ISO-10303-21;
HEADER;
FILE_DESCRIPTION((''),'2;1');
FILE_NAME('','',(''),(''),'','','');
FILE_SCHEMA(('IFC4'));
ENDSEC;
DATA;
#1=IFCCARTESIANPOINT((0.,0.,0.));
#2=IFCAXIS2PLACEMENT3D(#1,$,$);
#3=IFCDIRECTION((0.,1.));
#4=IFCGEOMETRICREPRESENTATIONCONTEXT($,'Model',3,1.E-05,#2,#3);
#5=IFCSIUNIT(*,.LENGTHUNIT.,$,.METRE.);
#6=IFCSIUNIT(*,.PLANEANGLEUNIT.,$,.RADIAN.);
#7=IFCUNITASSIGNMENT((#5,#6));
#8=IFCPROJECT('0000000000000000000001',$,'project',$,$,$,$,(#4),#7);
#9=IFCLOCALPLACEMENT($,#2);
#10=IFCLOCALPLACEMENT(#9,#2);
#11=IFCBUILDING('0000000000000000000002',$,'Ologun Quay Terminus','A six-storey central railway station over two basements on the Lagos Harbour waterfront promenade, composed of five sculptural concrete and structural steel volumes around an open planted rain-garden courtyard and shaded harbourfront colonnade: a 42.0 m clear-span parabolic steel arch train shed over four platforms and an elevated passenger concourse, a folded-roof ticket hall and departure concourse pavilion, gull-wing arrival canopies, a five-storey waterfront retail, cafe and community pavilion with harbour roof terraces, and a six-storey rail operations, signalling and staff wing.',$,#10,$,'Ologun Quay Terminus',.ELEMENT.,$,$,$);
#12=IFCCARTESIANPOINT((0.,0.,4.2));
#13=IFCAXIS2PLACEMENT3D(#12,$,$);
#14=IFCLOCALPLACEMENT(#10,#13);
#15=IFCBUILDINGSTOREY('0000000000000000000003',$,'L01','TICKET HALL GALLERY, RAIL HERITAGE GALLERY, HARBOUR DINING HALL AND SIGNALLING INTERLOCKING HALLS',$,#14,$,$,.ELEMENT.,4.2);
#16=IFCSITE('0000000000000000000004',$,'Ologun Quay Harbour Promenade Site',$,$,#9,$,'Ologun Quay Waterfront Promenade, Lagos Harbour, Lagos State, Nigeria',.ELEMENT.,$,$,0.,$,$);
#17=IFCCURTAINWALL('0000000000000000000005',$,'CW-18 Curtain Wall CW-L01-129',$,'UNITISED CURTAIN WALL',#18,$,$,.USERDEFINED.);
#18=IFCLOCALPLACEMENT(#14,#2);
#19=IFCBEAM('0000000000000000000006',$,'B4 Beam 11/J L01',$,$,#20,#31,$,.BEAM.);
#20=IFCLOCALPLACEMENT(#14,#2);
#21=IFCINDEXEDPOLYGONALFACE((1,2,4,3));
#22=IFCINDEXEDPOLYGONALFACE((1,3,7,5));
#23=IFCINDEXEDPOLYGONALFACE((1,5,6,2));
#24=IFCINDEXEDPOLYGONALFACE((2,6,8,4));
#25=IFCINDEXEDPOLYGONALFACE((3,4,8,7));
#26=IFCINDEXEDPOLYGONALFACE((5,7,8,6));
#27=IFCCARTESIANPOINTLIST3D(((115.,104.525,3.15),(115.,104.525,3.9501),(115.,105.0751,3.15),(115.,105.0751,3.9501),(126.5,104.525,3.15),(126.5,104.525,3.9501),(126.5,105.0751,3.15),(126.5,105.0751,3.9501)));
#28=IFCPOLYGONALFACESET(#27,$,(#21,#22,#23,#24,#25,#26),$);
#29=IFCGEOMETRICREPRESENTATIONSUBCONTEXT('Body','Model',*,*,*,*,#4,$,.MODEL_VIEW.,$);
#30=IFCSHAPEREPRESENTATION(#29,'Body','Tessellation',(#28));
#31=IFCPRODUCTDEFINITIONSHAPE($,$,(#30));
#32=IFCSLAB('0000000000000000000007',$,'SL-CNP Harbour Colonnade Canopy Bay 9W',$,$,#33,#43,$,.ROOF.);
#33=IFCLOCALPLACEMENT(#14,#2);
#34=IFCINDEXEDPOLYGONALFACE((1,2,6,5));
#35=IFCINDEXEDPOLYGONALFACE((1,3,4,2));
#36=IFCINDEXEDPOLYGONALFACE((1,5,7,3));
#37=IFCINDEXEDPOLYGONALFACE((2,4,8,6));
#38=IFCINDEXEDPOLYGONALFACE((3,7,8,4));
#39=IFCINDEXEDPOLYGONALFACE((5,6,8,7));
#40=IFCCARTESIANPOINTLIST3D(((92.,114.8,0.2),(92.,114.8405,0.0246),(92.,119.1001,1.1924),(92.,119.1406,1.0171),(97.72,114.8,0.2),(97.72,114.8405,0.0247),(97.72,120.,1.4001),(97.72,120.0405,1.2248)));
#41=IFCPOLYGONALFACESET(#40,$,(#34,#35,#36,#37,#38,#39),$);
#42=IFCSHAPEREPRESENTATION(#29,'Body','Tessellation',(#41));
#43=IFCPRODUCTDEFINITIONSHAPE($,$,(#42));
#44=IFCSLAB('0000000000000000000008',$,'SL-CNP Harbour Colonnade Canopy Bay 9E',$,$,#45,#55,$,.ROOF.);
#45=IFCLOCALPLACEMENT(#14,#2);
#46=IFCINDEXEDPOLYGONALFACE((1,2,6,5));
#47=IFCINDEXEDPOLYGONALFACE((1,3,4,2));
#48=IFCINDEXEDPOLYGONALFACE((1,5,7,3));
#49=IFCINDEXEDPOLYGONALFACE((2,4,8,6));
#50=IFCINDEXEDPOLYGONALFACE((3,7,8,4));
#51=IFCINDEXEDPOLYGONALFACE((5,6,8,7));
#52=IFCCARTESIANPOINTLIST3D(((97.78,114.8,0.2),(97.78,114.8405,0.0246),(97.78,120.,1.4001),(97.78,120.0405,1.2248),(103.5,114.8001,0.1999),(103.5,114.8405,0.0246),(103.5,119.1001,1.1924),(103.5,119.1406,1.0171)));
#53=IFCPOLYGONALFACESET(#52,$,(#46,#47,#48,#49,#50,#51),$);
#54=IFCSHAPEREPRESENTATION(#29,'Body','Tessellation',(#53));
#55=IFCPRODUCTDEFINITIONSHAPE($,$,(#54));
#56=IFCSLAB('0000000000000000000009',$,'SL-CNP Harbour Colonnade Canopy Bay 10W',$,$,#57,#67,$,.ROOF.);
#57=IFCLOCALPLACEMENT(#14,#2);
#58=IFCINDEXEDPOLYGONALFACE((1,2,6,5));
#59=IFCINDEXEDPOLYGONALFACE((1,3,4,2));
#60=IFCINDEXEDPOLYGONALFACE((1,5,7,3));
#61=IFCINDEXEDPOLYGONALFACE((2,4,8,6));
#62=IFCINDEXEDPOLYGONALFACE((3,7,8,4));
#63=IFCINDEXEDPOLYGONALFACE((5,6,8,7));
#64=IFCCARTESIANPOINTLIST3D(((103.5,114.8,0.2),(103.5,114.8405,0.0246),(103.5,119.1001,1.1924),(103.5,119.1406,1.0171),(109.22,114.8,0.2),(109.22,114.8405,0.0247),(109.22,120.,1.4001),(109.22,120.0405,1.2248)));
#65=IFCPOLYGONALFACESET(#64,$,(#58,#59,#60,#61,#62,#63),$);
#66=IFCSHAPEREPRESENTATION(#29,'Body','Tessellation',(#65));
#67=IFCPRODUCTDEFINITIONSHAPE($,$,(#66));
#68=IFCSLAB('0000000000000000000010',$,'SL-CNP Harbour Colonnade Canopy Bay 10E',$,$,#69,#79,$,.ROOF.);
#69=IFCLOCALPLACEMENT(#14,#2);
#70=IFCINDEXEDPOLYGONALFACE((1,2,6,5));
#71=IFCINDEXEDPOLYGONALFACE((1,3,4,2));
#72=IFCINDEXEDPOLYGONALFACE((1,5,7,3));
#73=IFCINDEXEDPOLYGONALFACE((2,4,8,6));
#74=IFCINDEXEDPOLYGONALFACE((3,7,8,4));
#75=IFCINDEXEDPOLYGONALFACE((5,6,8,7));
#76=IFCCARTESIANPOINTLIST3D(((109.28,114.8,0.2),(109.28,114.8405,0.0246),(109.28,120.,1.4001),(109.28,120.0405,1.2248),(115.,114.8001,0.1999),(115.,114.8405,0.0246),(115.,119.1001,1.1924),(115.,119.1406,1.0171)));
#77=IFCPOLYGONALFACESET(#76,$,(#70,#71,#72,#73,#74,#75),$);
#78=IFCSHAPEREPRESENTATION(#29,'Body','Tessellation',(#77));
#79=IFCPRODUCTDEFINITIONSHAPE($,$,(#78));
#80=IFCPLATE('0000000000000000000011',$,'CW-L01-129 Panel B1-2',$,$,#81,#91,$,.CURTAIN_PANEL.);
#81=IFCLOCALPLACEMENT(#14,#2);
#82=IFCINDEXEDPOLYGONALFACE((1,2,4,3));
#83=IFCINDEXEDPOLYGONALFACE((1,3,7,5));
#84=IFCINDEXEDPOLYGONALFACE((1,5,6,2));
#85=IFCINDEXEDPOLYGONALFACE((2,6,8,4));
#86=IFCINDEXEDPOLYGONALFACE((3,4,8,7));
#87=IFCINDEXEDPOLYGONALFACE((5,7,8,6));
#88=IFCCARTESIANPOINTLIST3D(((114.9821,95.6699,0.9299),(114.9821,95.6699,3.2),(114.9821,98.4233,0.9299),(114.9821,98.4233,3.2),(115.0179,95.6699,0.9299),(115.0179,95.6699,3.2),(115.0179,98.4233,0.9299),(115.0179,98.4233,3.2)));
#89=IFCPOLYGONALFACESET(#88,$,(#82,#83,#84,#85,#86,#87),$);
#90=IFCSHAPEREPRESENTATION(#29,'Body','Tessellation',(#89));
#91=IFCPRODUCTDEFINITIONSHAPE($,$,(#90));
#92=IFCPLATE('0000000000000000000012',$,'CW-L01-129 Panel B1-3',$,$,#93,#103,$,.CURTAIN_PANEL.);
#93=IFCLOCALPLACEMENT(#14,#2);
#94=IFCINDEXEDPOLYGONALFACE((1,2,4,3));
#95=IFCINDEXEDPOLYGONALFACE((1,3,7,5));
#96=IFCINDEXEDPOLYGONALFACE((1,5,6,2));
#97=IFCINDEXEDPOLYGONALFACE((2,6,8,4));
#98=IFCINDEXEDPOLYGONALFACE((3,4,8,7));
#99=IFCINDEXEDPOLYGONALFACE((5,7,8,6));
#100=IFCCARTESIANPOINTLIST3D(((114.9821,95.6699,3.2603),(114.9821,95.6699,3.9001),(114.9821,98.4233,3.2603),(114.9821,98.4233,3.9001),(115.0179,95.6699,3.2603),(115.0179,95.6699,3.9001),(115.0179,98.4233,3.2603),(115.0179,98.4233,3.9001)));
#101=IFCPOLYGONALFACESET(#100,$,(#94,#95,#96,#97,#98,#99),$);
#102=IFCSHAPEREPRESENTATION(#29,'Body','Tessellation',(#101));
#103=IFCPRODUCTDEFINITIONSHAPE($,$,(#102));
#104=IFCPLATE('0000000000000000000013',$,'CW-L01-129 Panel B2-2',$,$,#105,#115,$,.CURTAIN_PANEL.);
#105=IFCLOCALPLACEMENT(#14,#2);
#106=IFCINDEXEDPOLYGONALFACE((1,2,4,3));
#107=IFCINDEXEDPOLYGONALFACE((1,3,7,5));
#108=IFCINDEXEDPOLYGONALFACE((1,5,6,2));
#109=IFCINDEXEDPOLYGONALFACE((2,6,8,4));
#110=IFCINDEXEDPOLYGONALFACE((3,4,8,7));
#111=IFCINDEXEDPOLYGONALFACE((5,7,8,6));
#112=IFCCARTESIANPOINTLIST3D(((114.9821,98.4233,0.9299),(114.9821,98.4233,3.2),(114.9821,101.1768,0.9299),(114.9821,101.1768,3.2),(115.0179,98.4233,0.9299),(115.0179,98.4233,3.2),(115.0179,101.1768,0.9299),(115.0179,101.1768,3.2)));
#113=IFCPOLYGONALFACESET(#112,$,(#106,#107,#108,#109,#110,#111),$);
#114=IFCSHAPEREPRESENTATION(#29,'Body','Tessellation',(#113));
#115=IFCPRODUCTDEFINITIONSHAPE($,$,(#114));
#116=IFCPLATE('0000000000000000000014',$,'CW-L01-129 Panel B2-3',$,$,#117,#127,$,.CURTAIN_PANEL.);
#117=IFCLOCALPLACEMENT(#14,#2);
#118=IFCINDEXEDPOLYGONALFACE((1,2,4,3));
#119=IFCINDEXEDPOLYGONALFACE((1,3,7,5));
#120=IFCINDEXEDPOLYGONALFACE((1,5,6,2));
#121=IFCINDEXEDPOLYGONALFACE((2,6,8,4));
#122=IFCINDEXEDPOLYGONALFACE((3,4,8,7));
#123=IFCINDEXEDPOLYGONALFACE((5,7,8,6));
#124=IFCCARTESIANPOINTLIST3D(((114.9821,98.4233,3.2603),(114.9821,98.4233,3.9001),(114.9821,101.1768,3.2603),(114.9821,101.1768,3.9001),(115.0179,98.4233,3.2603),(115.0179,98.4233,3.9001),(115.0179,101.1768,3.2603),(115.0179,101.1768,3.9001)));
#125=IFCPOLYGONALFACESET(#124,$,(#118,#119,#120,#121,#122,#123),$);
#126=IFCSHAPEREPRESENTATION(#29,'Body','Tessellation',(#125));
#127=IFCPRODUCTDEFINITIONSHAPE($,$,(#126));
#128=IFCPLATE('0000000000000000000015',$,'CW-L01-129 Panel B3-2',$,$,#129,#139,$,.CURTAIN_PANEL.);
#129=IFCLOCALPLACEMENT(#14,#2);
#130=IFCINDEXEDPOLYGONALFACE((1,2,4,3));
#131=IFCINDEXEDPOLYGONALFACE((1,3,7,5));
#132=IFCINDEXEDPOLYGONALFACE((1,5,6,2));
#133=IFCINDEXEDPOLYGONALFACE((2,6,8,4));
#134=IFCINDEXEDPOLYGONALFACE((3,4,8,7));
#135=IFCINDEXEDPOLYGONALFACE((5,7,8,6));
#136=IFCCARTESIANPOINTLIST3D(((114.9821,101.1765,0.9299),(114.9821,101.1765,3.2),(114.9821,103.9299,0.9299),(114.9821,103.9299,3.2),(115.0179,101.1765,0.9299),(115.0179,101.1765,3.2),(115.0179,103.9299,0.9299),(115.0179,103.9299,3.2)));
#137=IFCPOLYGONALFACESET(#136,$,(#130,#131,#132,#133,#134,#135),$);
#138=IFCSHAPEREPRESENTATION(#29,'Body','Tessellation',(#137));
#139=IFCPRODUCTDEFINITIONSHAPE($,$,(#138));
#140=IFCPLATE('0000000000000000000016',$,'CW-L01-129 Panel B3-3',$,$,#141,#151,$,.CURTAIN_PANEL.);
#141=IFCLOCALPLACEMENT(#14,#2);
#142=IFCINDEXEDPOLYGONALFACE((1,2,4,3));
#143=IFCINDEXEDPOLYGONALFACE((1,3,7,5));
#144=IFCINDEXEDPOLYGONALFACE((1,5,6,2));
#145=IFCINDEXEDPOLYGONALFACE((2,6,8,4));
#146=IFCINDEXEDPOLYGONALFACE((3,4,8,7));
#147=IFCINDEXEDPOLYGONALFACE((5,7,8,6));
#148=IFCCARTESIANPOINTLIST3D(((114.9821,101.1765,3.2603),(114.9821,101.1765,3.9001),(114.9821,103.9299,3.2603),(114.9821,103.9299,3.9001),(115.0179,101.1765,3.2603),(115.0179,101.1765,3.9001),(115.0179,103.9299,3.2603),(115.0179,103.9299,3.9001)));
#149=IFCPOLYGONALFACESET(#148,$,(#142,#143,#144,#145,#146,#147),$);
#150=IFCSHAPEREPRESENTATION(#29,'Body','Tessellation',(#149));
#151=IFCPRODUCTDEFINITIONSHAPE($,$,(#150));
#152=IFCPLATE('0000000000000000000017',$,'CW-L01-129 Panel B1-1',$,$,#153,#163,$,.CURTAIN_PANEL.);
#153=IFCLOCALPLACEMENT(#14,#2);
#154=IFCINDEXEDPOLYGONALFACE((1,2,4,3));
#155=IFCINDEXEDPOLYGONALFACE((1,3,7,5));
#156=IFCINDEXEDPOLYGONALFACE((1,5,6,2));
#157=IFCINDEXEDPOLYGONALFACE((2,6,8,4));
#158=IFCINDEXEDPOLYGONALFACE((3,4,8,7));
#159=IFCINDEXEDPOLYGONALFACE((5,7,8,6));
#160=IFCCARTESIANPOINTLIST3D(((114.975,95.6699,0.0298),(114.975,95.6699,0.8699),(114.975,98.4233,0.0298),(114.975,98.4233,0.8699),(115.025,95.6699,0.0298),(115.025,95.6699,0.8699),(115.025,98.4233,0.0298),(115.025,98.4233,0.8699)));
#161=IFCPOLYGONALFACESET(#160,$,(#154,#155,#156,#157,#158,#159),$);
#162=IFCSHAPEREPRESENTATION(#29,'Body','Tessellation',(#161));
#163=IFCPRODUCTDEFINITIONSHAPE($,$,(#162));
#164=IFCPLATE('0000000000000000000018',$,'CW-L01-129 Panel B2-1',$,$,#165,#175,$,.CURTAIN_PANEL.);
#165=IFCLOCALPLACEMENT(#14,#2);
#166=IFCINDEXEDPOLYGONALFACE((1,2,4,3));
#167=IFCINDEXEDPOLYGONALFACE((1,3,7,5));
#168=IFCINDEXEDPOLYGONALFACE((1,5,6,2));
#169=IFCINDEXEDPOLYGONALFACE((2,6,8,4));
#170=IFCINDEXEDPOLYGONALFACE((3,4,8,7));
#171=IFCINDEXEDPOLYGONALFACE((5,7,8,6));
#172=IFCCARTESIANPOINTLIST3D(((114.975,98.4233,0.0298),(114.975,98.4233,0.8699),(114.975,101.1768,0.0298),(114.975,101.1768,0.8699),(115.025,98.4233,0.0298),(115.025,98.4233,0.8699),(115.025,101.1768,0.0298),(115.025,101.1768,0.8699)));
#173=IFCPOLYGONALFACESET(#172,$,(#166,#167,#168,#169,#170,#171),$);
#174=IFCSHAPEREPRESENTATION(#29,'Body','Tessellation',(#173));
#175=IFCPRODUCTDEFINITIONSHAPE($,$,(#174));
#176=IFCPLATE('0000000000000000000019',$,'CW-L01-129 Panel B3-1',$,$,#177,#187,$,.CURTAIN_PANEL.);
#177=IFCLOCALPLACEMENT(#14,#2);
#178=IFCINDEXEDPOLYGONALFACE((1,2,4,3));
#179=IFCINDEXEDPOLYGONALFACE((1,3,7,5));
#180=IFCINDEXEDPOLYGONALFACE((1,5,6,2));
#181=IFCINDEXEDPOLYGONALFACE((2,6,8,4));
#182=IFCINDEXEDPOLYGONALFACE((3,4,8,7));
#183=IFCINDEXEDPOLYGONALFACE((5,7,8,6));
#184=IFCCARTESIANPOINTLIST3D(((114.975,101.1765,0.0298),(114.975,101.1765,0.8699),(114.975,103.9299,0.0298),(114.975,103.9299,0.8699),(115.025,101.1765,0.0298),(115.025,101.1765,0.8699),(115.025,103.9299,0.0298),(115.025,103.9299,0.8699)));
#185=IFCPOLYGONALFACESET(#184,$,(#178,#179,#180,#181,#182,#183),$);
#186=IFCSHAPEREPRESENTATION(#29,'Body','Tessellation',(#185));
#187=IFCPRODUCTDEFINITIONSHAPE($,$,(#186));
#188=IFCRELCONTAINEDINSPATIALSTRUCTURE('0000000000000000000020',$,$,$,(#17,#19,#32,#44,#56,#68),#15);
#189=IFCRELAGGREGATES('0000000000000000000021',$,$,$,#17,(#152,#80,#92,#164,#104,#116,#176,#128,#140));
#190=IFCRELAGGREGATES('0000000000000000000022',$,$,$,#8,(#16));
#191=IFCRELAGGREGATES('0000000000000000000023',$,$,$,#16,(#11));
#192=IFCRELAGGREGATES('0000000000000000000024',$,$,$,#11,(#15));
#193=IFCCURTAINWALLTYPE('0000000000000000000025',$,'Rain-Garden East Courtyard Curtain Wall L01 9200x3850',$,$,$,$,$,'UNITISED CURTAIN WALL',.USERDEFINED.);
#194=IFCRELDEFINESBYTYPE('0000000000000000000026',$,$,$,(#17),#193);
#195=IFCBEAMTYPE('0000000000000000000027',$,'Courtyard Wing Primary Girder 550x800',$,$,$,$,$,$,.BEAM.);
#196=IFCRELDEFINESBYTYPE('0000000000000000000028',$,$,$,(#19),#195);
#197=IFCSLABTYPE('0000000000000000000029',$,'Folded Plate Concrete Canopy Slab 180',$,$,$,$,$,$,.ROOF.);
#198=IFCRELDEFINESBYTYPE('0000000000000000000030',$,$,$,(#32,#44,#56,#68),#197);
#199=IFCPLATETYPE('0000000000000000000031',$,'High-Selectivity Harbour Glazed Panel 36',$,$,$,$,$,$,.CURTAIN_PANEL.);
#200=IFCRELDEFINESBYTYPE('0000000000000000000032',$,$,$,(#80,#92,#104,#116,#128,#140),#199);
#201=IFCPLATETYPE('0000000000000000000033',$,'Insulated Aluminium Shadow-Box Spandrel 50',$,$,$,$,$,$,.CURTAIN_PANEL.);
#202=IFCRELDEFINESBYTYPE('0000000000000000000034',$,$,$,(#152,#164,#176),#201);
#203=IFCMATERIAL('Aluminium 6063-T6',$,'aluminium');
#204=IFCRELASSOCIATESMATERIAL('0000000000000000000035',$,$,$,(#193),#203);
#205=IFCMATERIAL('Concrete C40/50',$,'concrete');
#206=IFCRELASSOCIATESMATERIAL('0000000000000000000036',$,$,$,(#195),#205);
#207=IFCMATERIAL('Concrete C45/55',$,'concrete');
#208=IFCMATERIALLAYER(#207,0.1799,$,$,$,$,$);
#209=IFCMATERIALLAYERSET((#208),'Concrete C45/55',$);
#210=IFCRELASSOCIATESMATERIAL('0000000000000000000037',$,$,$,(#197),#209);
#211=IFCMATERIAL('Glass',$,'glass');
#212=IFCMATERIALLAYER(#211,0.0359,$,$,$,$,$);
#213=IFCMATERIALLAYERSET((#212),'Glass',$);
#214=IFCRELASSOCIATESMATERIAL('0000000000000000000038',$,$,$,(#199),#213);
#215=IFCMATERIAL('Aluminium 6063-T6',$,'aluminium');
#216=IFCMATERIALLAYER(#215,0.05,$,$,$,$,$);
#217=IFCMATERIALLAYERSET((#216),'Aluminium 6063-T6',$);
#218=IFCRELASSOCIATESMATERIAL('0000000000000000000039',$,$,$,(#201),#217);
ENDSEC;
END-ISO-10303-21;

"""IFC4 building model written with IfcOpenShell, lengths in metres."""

from ifc_helpers import new_model, si_unit, direction, frame, origin, origin_2d, place, context, subcontext, project, spatial, polyline, rectangle, outline, extrude, material, layer, layer_set, material_profile, profile_set, type_object, element, aggregate, save


model = new_model("IFC4")

# Units and contexts
model_context = context("Model", 3, precision=1e-05, world=origin(), true_north=direction((0.0, 1.0)))
body_context = subcontext(model_context, "Body", "Model", "MODEL_VIEW")
ifc_project = project(units=[si_unit("LENGTHUNIT", "METRE"), si_unit("PLANEANGLEUNIT", "RADIAN")], contexts=[model_context])

# Site, building, storey
site_placement = place(None, origin())
site = spatial("IfcSite", under=ifc_project, at=site_placement, Name="Ologun Quay Harbour Promenade Site", LongName="Ologun Quay Waterfront Promenade, Lagos Harbour, Lagos State, Nigeria", CompositionType="ELEMENT", RefElevation=0.0)
building_placement = place(site_placement, origin())
building = spatial("IfcBuilding", under=site, at=building_placement, Name="Ologun Quay Terminus", Description="A six-storey central railway station over two basements on the Lagos Harbour waterfront promenade, composed of five sculptural concrete and structural steel volumes around an open planted rain-garden courtyard and shaded harbourfront colonnade: a 42.0 m clear-span parabolic steel arch train shed over four platforms and an elevated passenger concourse, a folded-roof ticket hall and departure concourse pavilion, gull-wing arrival canopies, a five-storey waterfront retail, cafe and community pavilion with harbour roof terraces, and a six-storey rail operations, signalling and staff wing.", LongName="Ologun Quay Terminus", CompositionType="ELEMENT")
storey_placement = place(building_placement, frame((0.0, 0.0, 4.2)))
storey = spatial("IfcBuildingStorey", under=building, at=storey_placement, Name="L01", Description="TICKET HALL GALLERY, RAIL HERITAGE GALLERY, HARBOUR DINING HALL AND SIGNALLING INTERLOCKING HALLS", CompositionType="ELEMENT", Elevation=4.2)

# Curtain wall
ifc_material_1 = material(Name="Aluminium 6063-T6", Category="aluminium")
curtain_wall_type = type_object("IfcCurtainWallType", Name="Rain-Garden East Courtyard Curtain Wall L01 9200x3850", ElementType="UNITISED CURTAIN WALL", PredefinedType="USERDEFINED", material=ifc_material_1)
curtain_wall_placement = place(storey_placement, origin())
curtain_wall = element("IfcCurtainWall", 1, at=curtain_wall_placement, inside=storey, type_object=curtain_wall_type, Name="CW-18 Curtain Wall CW-L01-129", ObjectType="UNITISED CURTAIN WALL", PredefinedType="USERDEFINED")

# Beam
ifc_material_2 = material(Name="Concrete C40/50", Category="concrete")
ifc_material_profile_1 = material_profile(ifc_material_2, rectangle(XDim=0.55, YDim=0.8, at=origin_2d()), Name="RC 550x800")
ifc_profile_set_1 = profile_set([ifc_material_profile_1], Name="Concrete C40/50")
beam_type = type_object("IfcBeamType", Name="Courtyard Wing Primary Girder 550x800", PredefinedType="BEAM", material=ifc_profile_set_1)
beam_placement = place(storey_placement, frame((115.0, 104.8, 3.55), z_axis=(1.0, 0.0, 0.0), x_axis=(0.0, 1.0, 0.0)))
element("IfcBeam", 2, at=beam_placement, inside=storey, type_object=beam_type, Name="B4 Beam 11/J L01", PredefinedType="BEAM", context=body_context, shape_type="SweptSolid", body=[
    extrude(rectangle(XDim=0.55, YDim=0.8, at=origin_2d()), origin(), (0.0, 0.0, 1.0), 11.5),
])

# Slabs
ifc_material_3 = material(Name="Concrete C45/55", Category="concrete")
ifc_layer_1 = layer(ifc_material_3, 0.1799)
ifc_layer_set_1 = layer_set([ifc_layer_1], Name="Concrete C45/55")
slab_type = type_object("IfcSlabType", Name="Folded Plate Concrete Canopy Slab 180", PredefinedType="ROOF", material=ifc_layer_set_1)
slab_1_placement = place(storey_placement, frame((92.0, 114.8, 0.2), z_axis=(-0.000005, -0.224891, 0.974384), x_axis=(1.0, -0.000001, 0.000005)))
element("IfcSlab", 3, at=slab_1_placement, inside=storey, type_object=slab_type, Name="SL-CNP Harbour Colonnade Canopy Bay 9W", PredefinedType="ROOF", context=body_context, shape_type="SweptSolid", body=[
    extrude(outline(polyline([(0.0, 0.0), (5.72, 0.0), (5.72, 5.3367), (0.0, 4.4131), (0.0, 0.0)])), origin(), (0.0, 0.0, -1.0), 0.1799),
])
slab_2_placement = place(storey_placement, frame((97.78, 114.8, 0.2), z_axis=(0.000005, -0.224891, 0.974384), x_axis=(1.0, 0.000001, -0.000005)))
element("IfcSlab", 4, at=slab_2_placement, inside=storey, type_object=slab_type, Name="SL-CNP Harbour Colonnade Canopy Bay 9E", PredefinedType="ROOF", context=body_context, shape_type="SweptSolid", body=[
    extrude(outline(polyline([(0.0, 0.0), (5.72, 0.0), (5.72, 4.4131), (0.0, 5.3367), (0.0, 0.0)])), origin(), (0.0, 0.0, -1.0), 0.1799),
])
slab_3_placement = place(storey_placement, frame((103.5, 114.8, 0.2), z_axis=(-0.000005, -0.224891, 0.974384), x_axis=(1.0, -0.000001, 0.000005)))
element("IfcSlab", 5, at=slab_3_placement, inside=storey, type_object=slab_type, Name="SL-CNP Harbour Colonnade Canopy Bay 10W", PredefinedType="ROOF", context=body_context, shape_type="SweptSolid", body=[
    extrude(outline(polyline([(0.0, 0.0), (5.72, 0.0), (5.72, 5.3367), (0.0, 4.4131), (0.0, 0.0)])), origin(), (0.0, 0.0, -1.0), 0.1799),
])
slab_4_placement = place(storey_placement, frame((109.28, 114.8, 0.2), z_axis=(0.000005, -0.224891, 0.974384), x_axis=(1.0, 0.000001, -0.000005)))
element("IfcSlab", 6, at=slab_4_placement, inside=storey, type_object=slab_type, Name="SL-CNP Harbour Colonnade Canopy Bay 10E", PredefinedType="ROOF", context=body_context, shape_type="SweptSolid", body=[
    extrude(outline(polyline([(0.0, 0.0), (5.72, 0.0), (5.72, 4.4131), (0.0, 5.3367), (0.0, 0.0)])), origin(), (0.0, 0.0, -1.0), 0.1799),
])

# Plates
ifc_material_4 = material(Name="Glass", Category="glass")
ifc_layer_2 = layer(ifc_material_4, 0.0359)
ifc_layer_set_2 = layer_set([ifc_layer_2], Name="Glass")
plate_type_1 = type_object("IfcPlateType", Name="High-Selectivity Harbour Glazed Panel 36", PredefinedType="CURTAIN_PANEL", material=ifc_layer_set_2)
plate_1_placement = place(storey_placement, frame((115.0, 97.0466, 0.9299), z_axis=(0.0, 0.0, 1.0), x_axis=(0.0, 1.0, 0.0)))
plate_1 = element("IfcPlate", 7, at=plate_1_placement, type_object=plate_type_1, Name="CW-L01-129 Panel B1-2", PredefinedType="CURTAIN_PANEL", context=body_context, shape_type="SweptSolid", body=[
    extrude(rectangle(XDim=2.7534, YDim=0.0359, at=origin_2d()), origin(), (0.0, 0.0, 1.0), 2.27),
])
plate_2_placement = place(storey_placement, frame((115.0, 97.0466, 3.2603), z_axis=(0.0, 0.0, 1.0), x_axis=(0.0, 1.0, 0.0)))
plate_2 = element("IfcPlate", 8, at=plate_2_placement, type_object=plate_type_1, Name="CW-L01-129 Panel B1-3", PredefinedType="CURTAIN_PANEL", context=body_context, shape_type="SweptSolid", body=[
    extrude(rectangle(XDim=2.7534, YDim=0.0359, at=origin_2d()), origin(), (0.0, 0.0, 1.0), 0.6399),
])
plate_3_placement = place(storey_placement, frame((115.0, 99.8, 0.9299), z_axis=(0.0, 0.0, 1.0), x_axis=(0.0, 1.0, 0.0)))
plate_3 = element("IfcPlate", 9, at=plate_3_placement, type_object=plate_type_1, Name="CW-L01-129 Panel B2-2", PredefinedType="CURTAIN_PANEL", context=body_context, shape_type="SweptSolid", body=[
    extrude(rectangle(XDim=2.7534, YDim=0.0359, at=origin_2d()), origin(), (0.0, 0.0, 1.0), 2.27),
])
plate_4_placement = place(storey_placement, frame((115.0, 99.8, 3.2603), z_axis=(0.0, 0.0, 1.0), x_axis=(0.0, 1.0, 0.0)))
plate_4 = element("IfcPlate", 10, at=plate_4_placement, type_object=plate_type_1, Name="CW-L01-129 Panel B2-3", PredefinedType="CURTAIN_PANEL", context=body_context, shape_type="SweptSolid", body=[
    extrude(rectangle(XDim=2.7534, YDim=0.0359, at=origin_2d()), origin(), (0.0, 0.0, 1.0), 0.6399),
])
plate_5_placement = place(storey_placement, frame((115.0, 102.5532, 0.9299), z_axis=(0.0, 0.0, 1.0), x_axis=(0.0, 1.0, 0.0)))
plate_5 = element("IfcPlate", 11, at=plate_5_placement, type_object=plate_type_1, Name="CW-L01-129 Panel B3-2", PredefinedType="CURTAIN_PANEL", context=body_context, shape_type="SweptSolid", body=[
    extrude(rectangle(XDim=2.7534, YDim=0.0359, at=origin_2d()), origin(), (0.0, 0.0, 1.0), 2.27),
])
plate_6_placement = place(storey_placement, frame((115.0, 102.5532, 3.2603), z_axis=(0.0, 0.0, 1.0), x_axis=(0.0, 1.0, 0.0)))
plate_6 = element("IfcPlate", 12, at=plate_6_placement, type_object=plate_type_1, Name="CW-L01-129 Panel B3-3", PredefinedType="CURTAIN_PANEL", context=body_context, shape_type="SweptSolid", body=[
    extrude(rectangle(XDim=2.7534, YDim=0.0359, at=origin_2d()), origin(), (0.0, 0.0, 1.0), 0.6399),
])
ifc_material_5 = material(Name="Aluminium 6063-T6", Category="aluminium")
ifc_layer_3 = layer(ifc_material_5, 0.05)
ifc_layer_set_3 = layer_set([ifc_layer_3], Name="Aluminium 6063-T6")
plate_type_2 = type_object("IfcPlateType", Name="Insulated Aluminium Shadow-Box Spandrel 50", PredefinedType="CURTAIN_PANEL", material=ifc_layer_set_3)
plate_7_placement = place(storey_placement, frame((115.0, 97.0466, 0.0298), z_axis=(0.0, 0.0, 1.0), x_axis=(0.0, 1.0, 0.0)))
plate_7 = element("IfcPlate", 13, at=plate_7_placement, type_object=plate_type_2, Name="CW-L01-129 Panel B1-1", PredefinedType="CURTAIN_PANEL", context=body_context, shape_type="SweptSolid", body=[
    extrude(rectangle(XDim=2.7534, YDim=0.05, at=origin_2d()), origin(), (0.0, 0.0, 1.0), 0.8401),
])
plate_8_placement = place(storey_placement, frame((115.0, 99.8, 0.0298), z_axis=(0.0, 0.0, 1.0), x_axis=(0.0, 1.0, 0.0)))
plate_8 = element("IfcPlate", 14, at=plate_8_placement, type_object=plate_type_2, Name="CW-L01-129 Panel B2-1", PredefinedType="CURTAIN_PANEL", context=body_context, shape_type="SweptSolid", body=[
    extrude(rectangle(XDim=2.7534, YDim=0.05, at=origin_2d()), origin(), (0.0, 0.0, 1.0), 0.8401),
])
plate_9_placement = place(storey_placement, frame((115.0, 102.5532, 0.0298), z_axis=(0.0, 0.0, 1.0), x_axis=(0.0, 1.0, 0.0)))
plate_9 = element("IfcPlate", 15, at=plate_9_placement, type_object=plate_type_2, Name="CW-L01-129 Panel B3-1", PredefinedType="CURTAIN_PANEL", context=body_context, shape_type="SweptSolid", body=[
    extrude(rectangle(XDim=2.7534, YDim=0.05, at=origin_2d()), origin(), (0.0, 0.0, 1.0), 0.8401),
])
aggregate(curtain_wall, [plate_7, plate_1, plate_2, plate_8, plate_3, plate_4, plate_9, plate_5, plate_6])

save(model, "model.ifc")
